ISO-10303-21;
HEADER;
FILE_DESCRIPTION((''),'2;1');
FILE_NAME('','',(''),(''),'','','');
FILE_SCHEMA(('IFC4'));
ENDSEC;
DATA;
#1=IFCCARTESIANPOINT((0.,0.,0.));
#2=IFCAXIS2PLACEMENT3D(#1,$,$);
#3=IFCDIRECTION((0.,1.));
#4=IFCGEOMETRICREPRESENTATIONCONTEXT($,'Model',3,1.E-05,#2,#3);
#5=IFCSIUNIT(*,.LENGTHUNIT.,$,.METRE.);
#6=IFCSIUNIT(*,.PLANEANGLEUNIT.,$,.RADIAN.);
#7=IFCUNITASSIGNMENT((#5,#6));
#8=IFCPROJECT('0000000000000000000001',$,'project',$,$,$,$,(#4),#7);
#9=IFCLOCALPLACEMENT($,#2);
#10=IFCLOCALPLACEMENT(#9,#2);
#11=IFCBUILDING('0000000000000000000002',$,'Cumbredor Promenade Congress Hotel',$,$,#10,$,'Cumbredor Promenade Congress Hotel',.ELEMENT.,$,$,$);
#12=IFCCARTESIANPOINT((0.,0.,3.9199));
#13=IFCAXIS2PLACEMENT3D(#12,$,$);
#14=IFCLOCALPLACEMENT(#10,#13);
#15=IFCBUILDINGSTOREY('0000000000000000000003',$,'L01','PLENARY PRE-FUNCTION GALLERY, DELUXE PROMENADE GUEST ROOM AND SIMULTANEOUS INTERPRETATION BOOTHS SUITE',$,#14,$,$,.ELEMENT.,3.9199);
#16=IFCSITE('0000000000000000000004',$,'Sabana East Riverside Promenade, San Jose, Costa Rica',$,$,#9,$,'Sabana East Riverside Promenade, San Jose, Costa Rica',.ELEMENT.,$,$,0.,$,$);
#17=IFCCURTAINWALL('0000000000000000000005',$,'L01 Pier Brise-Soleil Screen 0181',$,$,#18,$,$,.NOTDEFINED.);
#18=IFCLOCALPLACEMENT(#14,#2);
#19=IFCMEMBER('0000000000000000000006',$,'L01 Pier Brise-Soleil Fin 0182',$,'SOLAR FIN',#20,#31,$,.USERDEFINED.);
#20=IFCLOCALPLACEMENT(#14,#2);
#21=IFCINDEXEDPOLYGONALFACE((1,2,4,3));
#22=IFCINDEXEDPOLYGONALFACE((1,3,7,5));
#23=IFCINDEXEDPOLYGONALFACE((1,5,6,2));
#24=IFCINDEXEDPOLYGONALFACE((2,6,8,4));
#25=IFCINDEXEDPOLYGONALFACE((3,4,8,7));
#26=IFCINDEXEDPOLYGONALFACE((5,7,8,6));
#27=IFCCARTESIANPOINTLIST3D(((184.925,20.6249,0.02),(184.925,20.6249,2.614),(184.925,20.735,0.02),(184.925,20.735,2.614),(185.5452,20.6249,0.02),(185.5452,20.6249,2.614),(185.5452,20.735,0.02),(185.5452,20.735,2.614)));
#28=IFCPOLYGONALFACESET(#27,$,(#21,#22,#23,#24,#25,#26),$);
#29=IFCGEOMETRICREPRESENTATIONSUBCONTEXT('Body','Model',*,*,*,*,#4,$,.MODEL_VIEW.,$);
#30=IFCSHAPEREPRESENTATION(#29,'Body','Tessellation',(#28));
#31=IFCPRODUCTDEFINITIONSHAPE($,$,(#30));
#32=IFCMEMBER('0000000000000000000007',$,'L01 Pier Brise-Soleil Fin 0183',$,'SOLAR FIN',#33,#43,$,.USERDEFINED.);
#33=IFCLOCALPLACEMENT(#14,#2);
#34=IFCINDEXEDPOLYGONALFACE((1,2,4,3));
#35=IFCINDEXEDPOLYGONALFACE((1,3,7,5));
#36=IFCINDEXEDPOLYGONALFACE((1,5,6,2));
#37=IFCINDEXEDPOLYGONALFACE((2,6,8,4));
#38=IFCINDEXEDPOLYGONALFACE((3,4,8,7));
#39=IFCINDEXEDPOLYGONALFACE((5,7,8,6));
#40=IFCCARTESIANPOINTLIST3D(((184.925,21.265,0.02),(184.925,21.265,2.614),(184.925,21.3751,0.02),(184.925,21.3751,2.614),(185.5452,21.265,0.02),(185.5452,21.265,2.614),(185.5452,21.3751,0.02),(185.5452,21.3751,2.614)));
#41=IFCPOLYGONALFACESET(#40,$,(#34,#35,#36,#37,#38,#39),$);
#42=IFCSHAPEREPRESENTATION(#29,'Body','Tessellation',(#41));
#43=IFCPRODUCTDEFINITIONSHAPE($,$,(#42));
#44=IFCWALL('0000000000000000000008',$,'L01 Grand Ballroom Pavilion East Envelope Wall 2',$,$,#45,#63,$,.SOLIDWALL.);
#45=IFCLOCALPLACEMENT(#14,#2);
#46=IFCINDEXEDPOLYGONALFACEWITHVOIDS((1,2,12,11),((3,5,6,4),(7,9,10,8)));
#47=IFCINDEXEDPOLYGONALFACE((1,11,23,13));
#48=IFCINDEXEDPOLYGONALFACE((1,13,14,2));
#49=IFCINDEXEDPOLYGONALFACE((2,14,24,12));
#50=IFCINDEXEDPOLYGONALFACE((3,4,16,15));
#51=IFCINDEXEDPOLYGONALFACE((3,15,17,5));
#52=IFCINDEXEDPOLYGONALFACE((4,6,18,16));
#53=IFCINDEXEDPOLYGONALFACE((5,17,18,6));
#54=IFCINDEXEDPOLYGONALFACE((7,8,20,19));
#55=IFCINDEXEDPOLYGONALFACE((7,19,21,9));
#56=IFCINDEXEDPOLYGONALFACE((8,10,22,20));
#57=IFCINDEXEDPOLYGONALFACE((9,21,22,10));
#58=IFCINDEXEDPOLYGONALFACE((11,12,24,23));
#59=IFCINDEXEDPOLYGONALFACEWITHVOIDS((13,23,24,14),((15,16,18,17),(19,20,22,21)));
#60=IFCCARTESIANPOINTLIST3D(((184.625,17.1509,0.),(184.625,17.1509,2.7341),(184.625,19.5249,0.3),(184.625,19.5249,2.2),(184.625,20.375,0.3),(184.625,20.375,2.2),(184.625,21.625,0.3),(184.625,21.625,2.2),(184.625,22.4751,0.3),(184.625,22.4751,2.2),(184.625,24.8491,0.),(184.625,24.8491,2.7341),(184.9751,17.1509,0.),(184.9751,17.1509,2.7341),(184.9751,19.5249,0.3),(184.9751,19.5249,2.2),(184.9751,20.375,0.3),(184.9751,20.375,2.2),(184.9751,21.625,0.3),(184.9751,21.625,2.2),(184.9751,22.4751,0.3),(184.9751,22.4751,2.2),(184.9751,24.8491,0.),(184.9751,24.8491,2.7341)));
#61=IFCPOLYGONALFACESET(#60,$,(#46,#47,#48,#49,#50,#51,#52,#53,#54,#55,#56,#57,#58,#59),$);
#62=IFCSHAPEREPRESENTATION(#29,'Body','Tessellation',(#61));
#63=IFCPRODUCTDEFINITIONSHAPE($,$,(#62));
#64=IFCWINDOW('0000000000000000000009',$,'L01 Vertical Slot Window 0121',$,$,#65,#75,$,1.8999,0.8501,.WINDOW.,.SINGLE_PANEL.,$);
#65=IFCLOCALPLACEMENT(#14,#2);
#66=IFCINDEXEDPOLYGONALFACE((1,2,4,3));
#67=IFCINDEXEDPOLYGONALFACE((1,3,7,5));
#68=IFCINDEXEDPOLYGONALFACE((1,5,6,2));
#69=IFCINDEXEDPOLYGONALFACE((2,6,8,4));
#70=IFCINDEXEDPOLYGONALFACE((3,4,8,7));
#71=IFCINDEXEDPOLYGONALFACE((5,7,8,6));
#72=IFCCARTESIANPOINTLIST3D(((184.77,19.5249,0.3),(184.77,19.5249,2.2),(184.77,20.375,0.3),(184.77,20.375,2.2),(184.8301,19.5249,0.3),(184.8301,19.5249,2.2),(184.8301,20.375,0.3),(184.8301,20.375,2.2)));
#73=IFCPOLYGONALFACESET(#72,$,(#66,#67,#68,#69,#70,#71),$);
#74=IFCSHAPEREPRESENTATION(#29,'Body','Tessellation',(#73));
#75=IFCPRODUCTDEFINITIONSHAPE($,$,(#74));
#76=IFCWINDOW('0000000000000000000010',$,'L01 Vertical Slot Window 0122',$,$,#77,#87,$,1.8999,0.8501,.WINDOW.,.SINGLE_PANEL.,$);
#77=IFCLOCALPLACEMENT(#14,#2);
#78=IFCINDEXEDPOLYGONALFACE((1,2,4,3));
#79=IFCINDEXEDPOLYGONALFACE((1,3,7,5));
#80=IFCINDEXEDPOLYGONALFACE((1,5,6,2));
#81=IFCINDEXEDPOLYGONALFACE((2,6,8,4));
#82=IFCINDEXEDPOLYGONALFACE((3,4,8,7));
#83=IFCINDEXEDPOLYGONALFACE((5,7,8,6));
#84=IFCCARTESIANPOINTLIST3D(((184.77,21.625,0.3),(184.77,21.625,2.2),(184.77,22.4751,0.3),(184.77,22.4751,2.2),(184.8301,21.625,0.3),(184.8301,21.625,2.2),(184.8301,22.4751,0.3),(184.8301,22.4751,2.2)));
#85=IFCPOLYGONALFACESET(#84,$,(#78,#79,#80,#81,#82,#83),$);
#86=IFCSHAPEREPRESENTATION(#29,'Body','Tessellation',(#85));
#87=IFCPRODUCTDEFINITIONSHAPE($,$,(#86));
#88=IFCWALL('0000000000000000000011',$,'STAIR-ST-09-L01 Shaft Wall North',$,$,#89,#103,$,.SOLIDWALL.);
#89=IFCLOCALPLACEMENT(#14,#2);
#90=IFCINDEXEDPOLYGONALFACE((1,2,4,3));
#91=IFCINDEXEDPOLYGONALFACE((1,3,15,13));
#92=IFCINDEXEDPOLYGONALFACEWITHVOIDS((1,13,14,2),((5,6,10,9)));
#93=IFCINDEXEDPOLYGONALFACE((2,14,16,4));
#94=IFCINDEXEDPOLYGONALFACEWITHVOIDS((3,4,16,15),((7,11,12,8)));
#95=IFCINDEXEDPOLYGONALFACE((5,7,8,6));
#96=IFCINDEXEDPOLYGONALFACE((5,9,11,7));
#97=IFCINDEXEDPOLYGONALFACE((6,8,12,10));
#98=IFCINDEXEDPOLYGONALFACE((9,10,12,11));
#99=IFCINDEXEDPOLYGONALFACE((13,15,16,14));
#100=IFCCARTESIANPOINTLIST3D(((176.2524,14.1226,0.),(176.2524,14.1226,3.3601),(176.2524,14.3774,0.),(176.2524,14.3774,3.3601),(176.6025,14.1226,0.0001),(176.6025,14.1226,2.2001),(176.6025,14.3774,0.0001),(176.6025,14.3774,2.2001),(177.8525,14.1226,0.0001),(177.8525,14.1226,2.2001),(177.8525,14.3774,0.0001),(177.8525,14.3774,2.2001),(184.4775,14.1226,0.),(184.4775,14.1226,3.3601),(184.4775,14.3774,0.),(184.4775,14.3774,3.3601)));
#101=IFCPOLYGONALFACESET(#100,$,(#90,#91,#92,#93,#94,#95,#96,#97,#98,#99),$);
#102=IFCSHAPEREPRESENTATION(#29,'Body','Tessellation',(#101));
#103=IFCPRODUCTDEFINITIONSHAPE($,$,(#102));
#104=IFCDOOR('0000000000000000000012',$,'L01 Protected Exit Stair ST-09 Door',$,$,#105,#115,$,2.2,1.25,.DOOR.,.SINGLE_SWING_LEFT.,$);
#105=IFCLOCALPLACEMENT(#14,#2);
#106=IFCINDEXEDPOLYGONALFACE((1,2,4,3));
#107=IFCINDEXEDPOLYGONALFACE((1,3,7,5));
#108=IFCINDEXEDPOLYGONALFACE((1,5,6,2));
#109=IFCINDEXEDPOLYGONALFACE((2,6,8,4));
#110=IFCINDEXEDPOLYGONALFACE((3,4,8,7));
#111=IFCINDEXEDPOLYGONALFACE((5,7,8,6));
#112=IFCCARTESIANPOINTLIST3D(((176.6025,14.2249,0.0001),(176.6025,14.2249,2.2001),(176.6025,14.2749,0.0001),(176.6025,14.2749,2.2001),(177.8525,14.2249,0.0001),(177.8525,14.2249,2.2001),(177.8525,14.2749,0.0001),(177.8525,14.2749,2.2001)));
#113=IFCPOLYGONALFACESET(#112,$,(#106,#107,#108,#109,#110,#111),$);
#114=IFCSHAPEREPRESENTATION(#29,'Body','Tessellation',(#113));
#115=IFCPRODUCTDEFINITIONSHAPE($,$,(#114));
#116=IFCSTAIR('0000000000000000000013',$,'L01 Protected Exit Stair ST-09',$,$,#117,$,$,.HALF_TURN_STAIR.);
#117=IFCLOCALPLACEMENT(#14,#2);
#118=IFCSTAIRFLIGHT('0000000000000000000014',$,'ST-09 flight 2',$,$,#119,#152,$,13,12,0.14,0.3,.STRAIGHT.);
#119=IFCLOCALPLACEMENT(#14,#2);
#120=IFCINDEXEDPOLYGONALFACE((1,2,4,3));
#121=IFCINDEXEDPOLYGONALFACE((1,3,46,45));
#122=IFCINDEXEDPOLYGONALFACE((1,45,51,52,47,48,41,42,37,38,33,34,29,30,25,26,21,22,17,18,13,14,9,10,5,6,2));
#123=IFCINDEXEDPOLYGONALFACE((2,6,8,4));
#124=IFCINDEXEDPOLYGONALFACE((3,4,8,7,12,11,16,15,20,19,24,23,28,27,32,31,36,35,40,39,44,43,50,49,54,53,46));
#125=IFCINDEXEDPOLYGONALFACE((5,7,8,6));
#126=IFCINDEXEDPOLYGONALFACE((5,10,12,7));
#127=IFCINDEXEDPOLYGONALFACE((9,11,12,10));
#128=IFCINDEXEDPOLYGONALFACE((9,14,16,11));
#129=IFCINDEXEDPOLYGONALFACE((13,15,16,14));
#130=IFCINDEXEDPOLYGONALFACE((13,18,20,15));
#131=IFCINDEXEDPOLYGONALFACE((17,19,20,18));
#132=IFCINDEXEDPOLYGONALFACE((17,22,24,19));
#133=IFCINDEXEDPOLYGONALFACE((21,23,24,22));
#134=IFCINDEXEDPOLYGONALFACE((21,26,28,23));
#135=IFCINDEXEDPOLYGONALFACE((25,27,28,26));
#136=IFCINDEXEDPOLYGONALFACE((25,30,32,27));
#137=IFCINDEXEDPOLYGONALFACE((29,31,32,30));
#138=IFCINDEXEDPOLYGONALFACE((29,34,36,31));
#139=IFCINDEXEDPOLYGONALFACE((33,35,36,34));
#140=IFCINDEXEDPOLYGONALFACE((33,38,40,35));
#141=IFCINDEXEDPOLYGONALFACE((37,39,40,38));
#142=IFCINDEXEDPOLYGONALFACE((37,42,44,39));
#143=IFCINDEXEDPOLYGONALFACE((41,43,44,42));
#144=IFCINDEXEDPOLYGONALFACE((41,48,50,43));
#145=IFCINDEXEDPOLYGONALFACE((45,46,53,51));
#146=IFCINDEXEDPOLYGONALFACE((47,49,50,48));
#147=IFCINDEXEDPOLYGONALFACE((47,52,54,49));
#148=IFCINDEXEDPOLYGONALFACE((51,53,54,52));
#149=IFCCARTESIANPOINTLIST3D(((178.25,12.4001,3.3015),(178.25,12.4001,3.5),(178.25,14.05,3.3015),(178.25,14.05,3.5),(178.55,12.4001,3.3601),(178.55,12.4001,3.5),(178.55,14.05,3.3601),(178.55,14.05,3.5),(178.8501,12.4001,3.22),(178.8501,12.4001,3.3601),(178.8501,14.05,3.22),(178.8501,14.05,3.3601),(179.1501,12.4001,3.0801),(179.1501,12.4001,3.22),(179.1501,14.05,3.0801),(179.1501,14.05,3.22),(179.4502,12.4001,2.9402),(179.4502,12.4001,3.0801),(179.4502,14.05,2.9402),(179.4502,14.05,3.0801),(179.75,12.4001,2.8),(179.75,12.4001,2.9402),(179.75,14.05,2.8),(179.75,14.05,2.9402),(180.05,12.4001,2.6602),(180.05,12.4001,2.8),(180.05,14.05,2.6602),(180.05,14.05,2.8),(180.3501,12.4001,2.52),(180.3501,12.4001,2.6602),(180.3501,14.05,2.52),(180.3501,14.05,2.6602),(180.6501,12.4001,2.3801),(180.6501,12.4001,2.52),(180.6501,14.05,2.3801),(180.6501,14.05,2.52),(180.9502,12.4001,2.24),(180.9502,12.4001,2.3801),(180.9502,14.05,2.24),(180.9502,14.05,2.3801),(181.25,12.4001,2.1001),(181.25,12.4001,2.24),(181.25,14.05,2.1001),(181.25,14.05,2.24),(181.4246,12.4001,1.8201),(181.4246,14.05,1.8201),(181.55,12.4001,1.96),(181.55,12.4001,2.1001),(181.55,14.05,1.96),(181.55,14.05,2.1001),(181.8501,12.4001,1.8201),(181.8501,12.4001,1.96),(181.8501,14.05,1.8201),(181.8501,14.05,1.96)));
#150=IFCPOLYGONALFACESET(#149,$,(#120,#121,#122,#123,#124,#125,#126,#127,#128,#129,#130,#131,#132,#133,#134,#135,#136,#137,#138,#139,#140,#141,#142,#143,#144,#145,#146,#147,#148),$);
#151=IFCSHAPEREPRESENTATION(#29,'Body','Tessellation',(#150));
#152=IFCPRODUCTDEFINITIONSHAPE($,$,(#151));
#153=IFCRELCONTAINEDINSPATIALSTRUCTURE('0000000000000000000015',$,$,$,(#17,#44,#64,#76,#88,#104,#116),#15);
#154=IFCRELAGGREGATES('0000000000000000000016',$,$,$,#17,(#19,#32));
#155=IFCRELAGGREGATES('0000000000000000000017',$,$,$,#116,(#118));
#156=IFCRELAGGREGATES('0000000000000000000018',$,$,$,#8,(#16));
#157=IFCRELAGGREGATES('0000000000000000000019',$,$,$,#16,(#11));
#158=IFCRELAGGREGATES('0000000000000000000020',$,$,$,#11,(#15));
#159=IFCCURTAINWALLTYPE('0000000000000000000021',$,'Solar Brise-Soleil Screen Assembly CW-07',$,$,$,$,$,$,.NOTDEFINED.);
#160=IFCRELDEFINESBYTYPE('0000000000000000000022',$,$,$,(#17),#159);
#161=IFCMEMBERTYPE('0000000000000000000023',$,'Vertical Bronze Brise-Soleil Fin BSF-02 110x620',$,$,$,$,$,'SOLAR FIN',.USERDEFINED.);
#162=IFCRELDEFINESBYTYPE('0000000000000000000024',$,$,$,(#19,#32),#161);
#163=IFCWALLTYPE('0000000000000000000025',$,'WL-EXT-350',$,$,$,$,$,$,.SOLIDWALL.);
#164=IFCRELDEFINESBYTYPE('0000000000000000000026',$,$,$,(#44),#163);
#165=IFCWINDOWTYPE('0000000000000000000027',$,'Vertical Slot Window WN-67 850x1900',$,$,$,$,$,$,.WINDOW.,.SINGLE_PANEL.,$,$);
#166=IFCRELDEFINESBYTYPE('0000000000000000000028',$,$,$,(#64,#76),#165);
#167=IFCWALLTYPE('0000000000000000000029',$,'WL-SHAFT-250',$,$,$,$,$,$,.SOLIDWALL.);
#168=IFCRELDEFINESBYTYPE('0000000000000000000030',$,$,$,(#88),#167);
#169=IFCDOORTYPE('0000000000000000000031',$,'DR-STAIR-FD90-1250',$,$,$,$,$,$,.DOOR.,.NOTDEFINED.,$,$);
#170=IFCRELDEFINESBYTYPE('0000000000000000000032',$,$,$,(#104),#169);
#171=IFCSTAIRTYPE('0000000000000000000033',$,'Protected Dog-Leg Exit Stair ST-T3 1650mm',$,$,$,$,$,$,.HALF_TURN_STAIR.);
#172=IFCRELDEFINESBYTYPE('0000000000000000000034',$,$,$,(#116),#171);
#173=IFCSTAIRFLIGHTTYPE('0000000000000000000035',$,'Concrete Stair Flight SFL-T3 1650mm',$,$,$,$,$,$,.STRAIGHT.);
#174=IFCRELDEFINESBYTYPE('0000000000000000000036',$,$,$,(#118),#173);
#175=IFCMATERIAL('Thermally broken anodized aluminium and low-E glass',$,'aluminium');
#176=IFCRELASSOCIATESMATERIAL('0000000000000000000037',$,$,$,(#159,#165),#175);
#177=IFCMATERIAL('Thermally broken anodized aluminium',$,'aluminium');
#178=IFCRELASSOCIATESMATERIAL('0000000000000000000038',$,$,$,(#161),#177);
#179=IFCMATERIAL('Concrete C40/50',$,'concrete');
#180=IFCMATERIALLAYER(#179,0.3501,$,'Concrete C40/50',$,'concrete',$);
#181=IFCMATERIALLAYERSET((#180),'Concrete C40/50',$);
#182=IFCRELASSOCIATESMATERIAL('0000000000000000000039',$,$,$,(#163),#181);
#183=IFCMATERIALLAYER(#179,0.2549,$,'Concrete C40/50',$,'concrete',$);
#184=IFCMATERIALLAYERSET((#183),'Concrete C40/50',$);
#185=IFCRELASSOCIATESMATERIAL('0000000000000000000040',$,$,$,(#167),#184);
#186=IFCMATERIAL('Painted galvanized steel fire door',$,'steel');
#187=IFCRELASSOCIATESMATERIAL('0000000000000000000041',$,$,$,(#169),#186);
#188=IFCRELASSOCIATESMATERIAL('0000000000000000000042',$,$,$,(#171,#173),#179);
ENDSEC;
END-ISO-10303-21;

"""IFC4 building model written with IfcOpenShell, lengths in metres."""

from ifc_helpers import new_model, si_unit, direction, frame, frame_2d, origin, origin_2d, place, context, subcontext, project, spatial, polyline, rectangle, outline, extrude, material, layer, layer_set, material_profile, profile_set, type_object, element, fill, aggregate, save


model = new_model("IFC4")

# Units and contexts
model_context = context("Model", 3, precision=1e-05, world=origin(), true_north=direction((0.0, 1.0)))
body_context = subcontext(model_context, "Body", "Model", "MODEL_VIEW")
ifc_project = project(units=[si_unit("LENGTHUNIT", "METRE"), si_unit("PLANEANGLEUNIT", "RADIAN")], contexts=[model_context])

# Site, building, storey
site_placement = place(None, origin())
site = spatial("IfcSite", under=ifc_project, at=site_placement, Name="Sabana East Riverside Promenade, San Jose, Costa Rica", LongName="Sabana East Riverside Promenade, San Jose, Costa Rica", CompositionType="ELEMENT", RefElevation=0.0)
building_placement = place(site_placement, origin())
building = spatial("IfcBuilding", under=site, at=building_placement, Name="Cumbredor Promenade Congress Hotel", LongName="Cumbredor Promenade Congress Hotel", CompositionType="ELEMENT")
storey_placement = place(building_placement, frame((0.0, 0.0, 3.9199)))
storey = spatial("IfcBuildingStorey", under=building, at=storey_placement, Name="L01", Description="PLENARY PRE-FUNCTION GALLERY, DELUXE PROMENADE GUEST ROOM AND SIMULTANEOUS INTERPRETATION BOOTHS SUITE", CompositionType="ELEMENT", Elevation=3.9199)

# Shared definitions
ifc_material_1 = material(Name="Concrete C40/50", Category="concrete")

# Curtain wall
ifc_material_2 = material(Name="Thermally broken anodized aluminium and low-E glass", Category="aluminium")
ifc_material_3 = material(Name="Thermally broken anodized aluminium", Category="aluminium")
curtain_wall_type_1 = type_object("IfcCurtainWallType", Name="Solar Brise-Soleil Screen Assembly CW-07", PredefinedType="NOTDEFINED", material=ifc_material_2)
curtain_wall_1_placement = place(storey_placement, origin())
curtain_wall_1 = element("IfcCurtainWall", 1, at=curtain_wall_1_placement, inside=storey, type_object=curtain_wall_type_1, Name="L01 Pier Brise-Soleil Screen 0181", PredefinedType="NOTDEFINED")

# Members
ifc_material_profile_1 = material_profile(ifc_material_3, rectangle(XDim=0.1101, YDim=0.6201, at=origin_2d()), Name="ARCH FIN 110x620")
ifc_profile_set_1 = profile_set([ifc_material_profile_1], Name="Thermally broken anodized aluminium")
member_type_1 = type_object("IfcMemberType", Name="Vertical Bronze Brise-Soleil Fin BSF-02 110x620", ElementType="SOLAR FIN", PredefinedType="USERDEFINED", material=ifc_profile_set_1)
member_1_placement = place(storey_placement, frame((185.2351, 20.6799, 0.02), z_axis=(0.0, 0.0, 1.0), x_axis=(0.0, 1.0, 0.0)))
member_1 = element("IfcMember", 2, at=member_1_placement, type_object=member_type_1, Name="L01 Pier Brise-Soleil Fin 0182", ObjectType="SOLAR FIN", PredefinedType="USERDEFINED", context=body_context, shape_type="SweptSolid", body=[
    extrude(rectangle(XDim=0.1101, YDim=0.6201, at=origin_2d()), origin(), (0.0, 0.0, 1.0), 2.594),
])
member_2_placement = place(storey_placement, frame((185.2351, 21.3201, 0.02), z_axis=(0.0, 0.0, 1.0), x_axis=(0.0, 1.0, 0.0)))
member_2 = element("IfcMember", 3, at=member_2_placement, type_object=member_type_1, Name="L01 Pier Brise-Soleil Fin 0183", ObjectType="SOLAR FIN", PredefinedType="USERDEFINED", context=body_context, shape_type="SweptSolid", body=[
    extrude(rectangle(XDim=0.1101, YDim=0.6201, at=origin_2d()), origin(), (0.0, 0.0, 1.0), 2.594),
])
aggregate(curtain_wall_1, [member_1, member_2])

# Wall, openings, windows
ifc_layer_1 = layer(ifc_material_1, 0.3501, Name="Concrete C40/50", Category="concrete")
ifc_layer_set_1 = layer_set([ifc_layer_1], Name="Concrete C40/50")
wall_type_1 = type_object("IfcWallType", Name="WL-EXT-350", PredefinedType="SOLIDWALL", material=ifc_layer_set_1)
wall_1_placement = place(storey_placement, frame((184.8, 17.1509, 0.0), z_axis=(0.0, 0.0, 1.0), x_axis=(0.0, 1.0, 0.0)))
wall_1 = element("IfcWall", 4, at=wall_1_placement, inside=storey, type_object=wall_type_1, Name="L01 Grand Ballroom Pavilion East Envelope Wall 2", PredefinedType="SOLIDWALL", context=body_context, shape_type="SweptSolid", body=[
    extrude(rectangle(XDim=7.6982, YDim=0.3501, at=frame_2d((3.8491, 0.0))), origin(), (0.0, 0.0, 1.0), 2.7341),
])
opening_1_placement = place(wall_1_placement, frame((2.374, 0.0, 0.3)))
opening_1 = element("IfcOpeningElement", 5, at=opening_1_placement, cuts=wall_1, PredefinedType="OPENING", context=body_context, shape_type="SweptSolid", body=[
    extrude(rectangle(XDim=0.8501, YDim=1.8999, at=frame_2d((0.425, 0.95))), frame((0.0, 0.1851, 0.0), z_axis=(0.0, -1.0, 0.0), x_axis=(1.0, 0.0, 0.0)), (0.0, 0.0, 1.0), 0.3701),
])
opening_2_placement = place(wall_1_placement, frame((4.4741, 0.0, 0.3)))
opening_2 = element("IfcOpeningElement", 6, at=opening_2_placement, cuts=wall_1, PredefinedType="OPENING", context=body_context, shape_type="SweptSolid", body=[
    extrude(rectangle(XDim=0.8501, YDim=1.8999, at=frame_2d((0.425, 0.95))), frame((0.0, 0.1851, 0.0), z_axis=(0.0, -1.0, 0.0), x_axis=(1.0, 0.0, 0.0)), (0.0, 0.0, 1.0), 0.3701),
])
window_type = type_object("IfcWindowType", Name="Vertical Slot Window WN-67 850x1900", PartitioningType="SINGLE_PANEL", PredefinedType="WINDOW", material=ifc_material_2)
window_1_placement = place(opening_1_placement, origin())
window_1 = element("IfcWindow", 7, at=window_1_placement, inside=storey, type_object=window_type, Name="L01 Vertical Slot Window 0121", OverallHeight=1.8999, OverallWidth=0.8501, PartitioningType="SINGLE_PANEL", PredefinedType="WINDOW", context=body_context, shape_type="SweptSolid", body=[
    extrude(rectangle(XDim=0.8501, YDim=1.8999, at=frame_2d((0.425, 0.95))), frame((0.0, 0.03, 0.0), z_axis=(0.0, -1.0, 0.0), x_axis=(1.0, 0.0, 0.0)), (0.0, 0.0, 1.0), 0.0601),
])
fill(opening_1, window_1)
window_2_placement = place(opening_2_placement, origin())
window_2 = element("IfcWindow", 8, at=window_2_placement, inside=storey, type_object=window_type, Name="L01 Vertical Slot Window 0122", OverallHeight=1.8999, OverallWidth=0.8501, PartitioningType="SINGLE_PANEL", PredefinedType="WINDOW", context=body_context, shape_type="SweptSolid", body=[
    extrude(rectangle(XDim=0.8501, YDim=1.8999, at=frame_2d((0.425, 0.95))), frame((0.0, 0.03, 0.0), z_axis=(0.0, -1.0, 0.0), x_axis=(1.0, 0.0, 0.0)), (0.0, 0.0, 1.0), 0.0601),
])
fill(opening_2, window_2)

# Wall, opening, door
ifc_layer_2 = layer(ifc_material_1, 0.2549, Name="Concrete C40/50", Category="concrete")
ifc_layer_set_2 = layer_set([ifc_layer_2], Name="Concrete C40/50")
wall_type_2 = type_object("IfcWallType", Name="WL-SHAFT-250", PredefinedType="SOLIDWALL", material=ifc_layer_set_2)
wall_2_placement = place(storey_placement, frame((176.2524, 14.25, 0.0), z_axis=(0.0, 0.0, 1.0), x_axis=(1.0, 0.0, 0.0)))
wall_2 = element("IfcWall", 9, at=wall_2_placement, inside=storey, type_object=wall_type_2, Name="STAIR-ST-09-L01 Shaft Wall North", PredefinedType="SOLIDWALL", context=body_context, shape_type="SweptSolid", body=[
    extrude(rectangle(XDim=8.2251, YDim=0.2549, at=frame_2d((4.1125, 0.0))), origin(), (0.0, 0.0, 1.0), 3.3601),
])
opening_3_placement = place(wall_2_placement, frame((0.3501, 0.0, 0.0)))
opening_3 = element("IfcOpeningElement", 10, at=opening_3_placement, cuts=wall_2, PredefinedType="OPENING", context=body_context, shape_type="SweptSolid", body=[
    extrude(rectangle(XDim=1.25, YDim=2.2, at=frame_2d((0.625, 1.1001))), frame((0.0, 0.1375, 0.0), z_axis=(0.0, -1.0, 0.0), x_axis=(1.0, 0.0, 0.0)), (0.0, 0.0, 1.0), 0.2749),
])
ifc_material_4 = material(Name="Painted galvanized steel fire door", Category="steel")
door_type = type_object("IfcDoorType", Name="DR-STAIR-FD90-1250", OperationType="NOTDEFINED", PredefinedType="DOOR", material=ifc_material_4)
door_placement = place(opening_3_placement, origin())
door = element("IfcDoor", 11, at=door_placement, inside=storey, type_object=door_type, Name="L01 Protected Exit Stair ST-09 Door", OperationType="SINGLE_SWING_LEFT", OverallHeight=2.2, OverallWidth=1.25, PredefinedType="DOOR", context=body_context, shape_type="SweptSolid", body=[
    extrude(rectangle(XDim=1.25, YDim=2.2, at=frame_2d((0.625, 1.1001))), frame((0.0, 0.0249, 0.0), z_axis=(0.0, -1.0, 0.0), x_axis=(1.0, 0.0, 0.0)), (0.0, 0.0, 1.0), 0.05),
])
fill(opening_3, door)

# Stair, stair flight
stair_type = type_object("IfcStairType", Name="Protected Dog-Leg Exit Stair ST-T3 1650mm", PredefinedType="HALF_TURN_STAIR", material=ifc_material_1)
stair_placement = place(storey_placement, origin())
stair = element("IfcStair", 12, at=stair_placement, inside=storey, type_object=stair_type, Name="L01 Protected Exit Stair ST-09", PredefinedType="HALF_TURN_STAIR")
stair_flight_type = type_object("IfcStairFlightType", Name="Concrete Stair Flight SFL-T3 1650mm", PredefinedType="STRAIGHT", material=ifc_material_1)
stair_flight_placement = place(storey_placement, frame((181.8501, 13.2251, 1.8201), z_axis=(0.0, 0.0, 1.0), x_axis=(-1.0, 0.0, 0.0)))
stair_flight = element("IfcStairFlight", 13, at=stair_flight_placement, type_object=stair_flight_type, Name="ST-09 flight 2", NumberOfRisers=13, NumberOfTreads=12, PredefinedType="STRAIGHT", RiserHeight=0.14, TreadLength=0.3, context=body_context, shape_type="SweptSolid", body=[
    extrude(outline(polyline([(0.0, 0.0), (0.0, 0.1399), (0.3, 0.1399), (0.3, 0.28), (0.6001, 0.28), (0.6001, 0.4199), (0.8999, 0.4199), (0.8999, 0.5601), (1.2, 0.5601), (1.2, 0.7), (1.5, 0.7), (1.5, 0.8401), (1.8, 0.8401), (1.8, 0.98), (2.1001, 0.98), (2.1001, 1.1201), (2.3999, 1.1201), (2.3999, 1.26), (2.7, 1.26), (2.7, 1.3999), (3.0, 1.3999), (3.0, 1.54), (3.3, 1.54), (3.3, 1.6799), (3.6001, 1.6799), (3.6001, 1.8201), (3.6001, 1.4814), (0.4255, 0.0), (0.0, 0.0)])), frame((0.0, 0.825, 0.0), z_axis=(0.0, -1.0, 0.0), x_axis=(1.0, 0.0, 0.0)), (0.0, 0.0, 1.0), 1.6499),
])
aggregate(stair, [stair_flight])

save(model, "model.ifc")
